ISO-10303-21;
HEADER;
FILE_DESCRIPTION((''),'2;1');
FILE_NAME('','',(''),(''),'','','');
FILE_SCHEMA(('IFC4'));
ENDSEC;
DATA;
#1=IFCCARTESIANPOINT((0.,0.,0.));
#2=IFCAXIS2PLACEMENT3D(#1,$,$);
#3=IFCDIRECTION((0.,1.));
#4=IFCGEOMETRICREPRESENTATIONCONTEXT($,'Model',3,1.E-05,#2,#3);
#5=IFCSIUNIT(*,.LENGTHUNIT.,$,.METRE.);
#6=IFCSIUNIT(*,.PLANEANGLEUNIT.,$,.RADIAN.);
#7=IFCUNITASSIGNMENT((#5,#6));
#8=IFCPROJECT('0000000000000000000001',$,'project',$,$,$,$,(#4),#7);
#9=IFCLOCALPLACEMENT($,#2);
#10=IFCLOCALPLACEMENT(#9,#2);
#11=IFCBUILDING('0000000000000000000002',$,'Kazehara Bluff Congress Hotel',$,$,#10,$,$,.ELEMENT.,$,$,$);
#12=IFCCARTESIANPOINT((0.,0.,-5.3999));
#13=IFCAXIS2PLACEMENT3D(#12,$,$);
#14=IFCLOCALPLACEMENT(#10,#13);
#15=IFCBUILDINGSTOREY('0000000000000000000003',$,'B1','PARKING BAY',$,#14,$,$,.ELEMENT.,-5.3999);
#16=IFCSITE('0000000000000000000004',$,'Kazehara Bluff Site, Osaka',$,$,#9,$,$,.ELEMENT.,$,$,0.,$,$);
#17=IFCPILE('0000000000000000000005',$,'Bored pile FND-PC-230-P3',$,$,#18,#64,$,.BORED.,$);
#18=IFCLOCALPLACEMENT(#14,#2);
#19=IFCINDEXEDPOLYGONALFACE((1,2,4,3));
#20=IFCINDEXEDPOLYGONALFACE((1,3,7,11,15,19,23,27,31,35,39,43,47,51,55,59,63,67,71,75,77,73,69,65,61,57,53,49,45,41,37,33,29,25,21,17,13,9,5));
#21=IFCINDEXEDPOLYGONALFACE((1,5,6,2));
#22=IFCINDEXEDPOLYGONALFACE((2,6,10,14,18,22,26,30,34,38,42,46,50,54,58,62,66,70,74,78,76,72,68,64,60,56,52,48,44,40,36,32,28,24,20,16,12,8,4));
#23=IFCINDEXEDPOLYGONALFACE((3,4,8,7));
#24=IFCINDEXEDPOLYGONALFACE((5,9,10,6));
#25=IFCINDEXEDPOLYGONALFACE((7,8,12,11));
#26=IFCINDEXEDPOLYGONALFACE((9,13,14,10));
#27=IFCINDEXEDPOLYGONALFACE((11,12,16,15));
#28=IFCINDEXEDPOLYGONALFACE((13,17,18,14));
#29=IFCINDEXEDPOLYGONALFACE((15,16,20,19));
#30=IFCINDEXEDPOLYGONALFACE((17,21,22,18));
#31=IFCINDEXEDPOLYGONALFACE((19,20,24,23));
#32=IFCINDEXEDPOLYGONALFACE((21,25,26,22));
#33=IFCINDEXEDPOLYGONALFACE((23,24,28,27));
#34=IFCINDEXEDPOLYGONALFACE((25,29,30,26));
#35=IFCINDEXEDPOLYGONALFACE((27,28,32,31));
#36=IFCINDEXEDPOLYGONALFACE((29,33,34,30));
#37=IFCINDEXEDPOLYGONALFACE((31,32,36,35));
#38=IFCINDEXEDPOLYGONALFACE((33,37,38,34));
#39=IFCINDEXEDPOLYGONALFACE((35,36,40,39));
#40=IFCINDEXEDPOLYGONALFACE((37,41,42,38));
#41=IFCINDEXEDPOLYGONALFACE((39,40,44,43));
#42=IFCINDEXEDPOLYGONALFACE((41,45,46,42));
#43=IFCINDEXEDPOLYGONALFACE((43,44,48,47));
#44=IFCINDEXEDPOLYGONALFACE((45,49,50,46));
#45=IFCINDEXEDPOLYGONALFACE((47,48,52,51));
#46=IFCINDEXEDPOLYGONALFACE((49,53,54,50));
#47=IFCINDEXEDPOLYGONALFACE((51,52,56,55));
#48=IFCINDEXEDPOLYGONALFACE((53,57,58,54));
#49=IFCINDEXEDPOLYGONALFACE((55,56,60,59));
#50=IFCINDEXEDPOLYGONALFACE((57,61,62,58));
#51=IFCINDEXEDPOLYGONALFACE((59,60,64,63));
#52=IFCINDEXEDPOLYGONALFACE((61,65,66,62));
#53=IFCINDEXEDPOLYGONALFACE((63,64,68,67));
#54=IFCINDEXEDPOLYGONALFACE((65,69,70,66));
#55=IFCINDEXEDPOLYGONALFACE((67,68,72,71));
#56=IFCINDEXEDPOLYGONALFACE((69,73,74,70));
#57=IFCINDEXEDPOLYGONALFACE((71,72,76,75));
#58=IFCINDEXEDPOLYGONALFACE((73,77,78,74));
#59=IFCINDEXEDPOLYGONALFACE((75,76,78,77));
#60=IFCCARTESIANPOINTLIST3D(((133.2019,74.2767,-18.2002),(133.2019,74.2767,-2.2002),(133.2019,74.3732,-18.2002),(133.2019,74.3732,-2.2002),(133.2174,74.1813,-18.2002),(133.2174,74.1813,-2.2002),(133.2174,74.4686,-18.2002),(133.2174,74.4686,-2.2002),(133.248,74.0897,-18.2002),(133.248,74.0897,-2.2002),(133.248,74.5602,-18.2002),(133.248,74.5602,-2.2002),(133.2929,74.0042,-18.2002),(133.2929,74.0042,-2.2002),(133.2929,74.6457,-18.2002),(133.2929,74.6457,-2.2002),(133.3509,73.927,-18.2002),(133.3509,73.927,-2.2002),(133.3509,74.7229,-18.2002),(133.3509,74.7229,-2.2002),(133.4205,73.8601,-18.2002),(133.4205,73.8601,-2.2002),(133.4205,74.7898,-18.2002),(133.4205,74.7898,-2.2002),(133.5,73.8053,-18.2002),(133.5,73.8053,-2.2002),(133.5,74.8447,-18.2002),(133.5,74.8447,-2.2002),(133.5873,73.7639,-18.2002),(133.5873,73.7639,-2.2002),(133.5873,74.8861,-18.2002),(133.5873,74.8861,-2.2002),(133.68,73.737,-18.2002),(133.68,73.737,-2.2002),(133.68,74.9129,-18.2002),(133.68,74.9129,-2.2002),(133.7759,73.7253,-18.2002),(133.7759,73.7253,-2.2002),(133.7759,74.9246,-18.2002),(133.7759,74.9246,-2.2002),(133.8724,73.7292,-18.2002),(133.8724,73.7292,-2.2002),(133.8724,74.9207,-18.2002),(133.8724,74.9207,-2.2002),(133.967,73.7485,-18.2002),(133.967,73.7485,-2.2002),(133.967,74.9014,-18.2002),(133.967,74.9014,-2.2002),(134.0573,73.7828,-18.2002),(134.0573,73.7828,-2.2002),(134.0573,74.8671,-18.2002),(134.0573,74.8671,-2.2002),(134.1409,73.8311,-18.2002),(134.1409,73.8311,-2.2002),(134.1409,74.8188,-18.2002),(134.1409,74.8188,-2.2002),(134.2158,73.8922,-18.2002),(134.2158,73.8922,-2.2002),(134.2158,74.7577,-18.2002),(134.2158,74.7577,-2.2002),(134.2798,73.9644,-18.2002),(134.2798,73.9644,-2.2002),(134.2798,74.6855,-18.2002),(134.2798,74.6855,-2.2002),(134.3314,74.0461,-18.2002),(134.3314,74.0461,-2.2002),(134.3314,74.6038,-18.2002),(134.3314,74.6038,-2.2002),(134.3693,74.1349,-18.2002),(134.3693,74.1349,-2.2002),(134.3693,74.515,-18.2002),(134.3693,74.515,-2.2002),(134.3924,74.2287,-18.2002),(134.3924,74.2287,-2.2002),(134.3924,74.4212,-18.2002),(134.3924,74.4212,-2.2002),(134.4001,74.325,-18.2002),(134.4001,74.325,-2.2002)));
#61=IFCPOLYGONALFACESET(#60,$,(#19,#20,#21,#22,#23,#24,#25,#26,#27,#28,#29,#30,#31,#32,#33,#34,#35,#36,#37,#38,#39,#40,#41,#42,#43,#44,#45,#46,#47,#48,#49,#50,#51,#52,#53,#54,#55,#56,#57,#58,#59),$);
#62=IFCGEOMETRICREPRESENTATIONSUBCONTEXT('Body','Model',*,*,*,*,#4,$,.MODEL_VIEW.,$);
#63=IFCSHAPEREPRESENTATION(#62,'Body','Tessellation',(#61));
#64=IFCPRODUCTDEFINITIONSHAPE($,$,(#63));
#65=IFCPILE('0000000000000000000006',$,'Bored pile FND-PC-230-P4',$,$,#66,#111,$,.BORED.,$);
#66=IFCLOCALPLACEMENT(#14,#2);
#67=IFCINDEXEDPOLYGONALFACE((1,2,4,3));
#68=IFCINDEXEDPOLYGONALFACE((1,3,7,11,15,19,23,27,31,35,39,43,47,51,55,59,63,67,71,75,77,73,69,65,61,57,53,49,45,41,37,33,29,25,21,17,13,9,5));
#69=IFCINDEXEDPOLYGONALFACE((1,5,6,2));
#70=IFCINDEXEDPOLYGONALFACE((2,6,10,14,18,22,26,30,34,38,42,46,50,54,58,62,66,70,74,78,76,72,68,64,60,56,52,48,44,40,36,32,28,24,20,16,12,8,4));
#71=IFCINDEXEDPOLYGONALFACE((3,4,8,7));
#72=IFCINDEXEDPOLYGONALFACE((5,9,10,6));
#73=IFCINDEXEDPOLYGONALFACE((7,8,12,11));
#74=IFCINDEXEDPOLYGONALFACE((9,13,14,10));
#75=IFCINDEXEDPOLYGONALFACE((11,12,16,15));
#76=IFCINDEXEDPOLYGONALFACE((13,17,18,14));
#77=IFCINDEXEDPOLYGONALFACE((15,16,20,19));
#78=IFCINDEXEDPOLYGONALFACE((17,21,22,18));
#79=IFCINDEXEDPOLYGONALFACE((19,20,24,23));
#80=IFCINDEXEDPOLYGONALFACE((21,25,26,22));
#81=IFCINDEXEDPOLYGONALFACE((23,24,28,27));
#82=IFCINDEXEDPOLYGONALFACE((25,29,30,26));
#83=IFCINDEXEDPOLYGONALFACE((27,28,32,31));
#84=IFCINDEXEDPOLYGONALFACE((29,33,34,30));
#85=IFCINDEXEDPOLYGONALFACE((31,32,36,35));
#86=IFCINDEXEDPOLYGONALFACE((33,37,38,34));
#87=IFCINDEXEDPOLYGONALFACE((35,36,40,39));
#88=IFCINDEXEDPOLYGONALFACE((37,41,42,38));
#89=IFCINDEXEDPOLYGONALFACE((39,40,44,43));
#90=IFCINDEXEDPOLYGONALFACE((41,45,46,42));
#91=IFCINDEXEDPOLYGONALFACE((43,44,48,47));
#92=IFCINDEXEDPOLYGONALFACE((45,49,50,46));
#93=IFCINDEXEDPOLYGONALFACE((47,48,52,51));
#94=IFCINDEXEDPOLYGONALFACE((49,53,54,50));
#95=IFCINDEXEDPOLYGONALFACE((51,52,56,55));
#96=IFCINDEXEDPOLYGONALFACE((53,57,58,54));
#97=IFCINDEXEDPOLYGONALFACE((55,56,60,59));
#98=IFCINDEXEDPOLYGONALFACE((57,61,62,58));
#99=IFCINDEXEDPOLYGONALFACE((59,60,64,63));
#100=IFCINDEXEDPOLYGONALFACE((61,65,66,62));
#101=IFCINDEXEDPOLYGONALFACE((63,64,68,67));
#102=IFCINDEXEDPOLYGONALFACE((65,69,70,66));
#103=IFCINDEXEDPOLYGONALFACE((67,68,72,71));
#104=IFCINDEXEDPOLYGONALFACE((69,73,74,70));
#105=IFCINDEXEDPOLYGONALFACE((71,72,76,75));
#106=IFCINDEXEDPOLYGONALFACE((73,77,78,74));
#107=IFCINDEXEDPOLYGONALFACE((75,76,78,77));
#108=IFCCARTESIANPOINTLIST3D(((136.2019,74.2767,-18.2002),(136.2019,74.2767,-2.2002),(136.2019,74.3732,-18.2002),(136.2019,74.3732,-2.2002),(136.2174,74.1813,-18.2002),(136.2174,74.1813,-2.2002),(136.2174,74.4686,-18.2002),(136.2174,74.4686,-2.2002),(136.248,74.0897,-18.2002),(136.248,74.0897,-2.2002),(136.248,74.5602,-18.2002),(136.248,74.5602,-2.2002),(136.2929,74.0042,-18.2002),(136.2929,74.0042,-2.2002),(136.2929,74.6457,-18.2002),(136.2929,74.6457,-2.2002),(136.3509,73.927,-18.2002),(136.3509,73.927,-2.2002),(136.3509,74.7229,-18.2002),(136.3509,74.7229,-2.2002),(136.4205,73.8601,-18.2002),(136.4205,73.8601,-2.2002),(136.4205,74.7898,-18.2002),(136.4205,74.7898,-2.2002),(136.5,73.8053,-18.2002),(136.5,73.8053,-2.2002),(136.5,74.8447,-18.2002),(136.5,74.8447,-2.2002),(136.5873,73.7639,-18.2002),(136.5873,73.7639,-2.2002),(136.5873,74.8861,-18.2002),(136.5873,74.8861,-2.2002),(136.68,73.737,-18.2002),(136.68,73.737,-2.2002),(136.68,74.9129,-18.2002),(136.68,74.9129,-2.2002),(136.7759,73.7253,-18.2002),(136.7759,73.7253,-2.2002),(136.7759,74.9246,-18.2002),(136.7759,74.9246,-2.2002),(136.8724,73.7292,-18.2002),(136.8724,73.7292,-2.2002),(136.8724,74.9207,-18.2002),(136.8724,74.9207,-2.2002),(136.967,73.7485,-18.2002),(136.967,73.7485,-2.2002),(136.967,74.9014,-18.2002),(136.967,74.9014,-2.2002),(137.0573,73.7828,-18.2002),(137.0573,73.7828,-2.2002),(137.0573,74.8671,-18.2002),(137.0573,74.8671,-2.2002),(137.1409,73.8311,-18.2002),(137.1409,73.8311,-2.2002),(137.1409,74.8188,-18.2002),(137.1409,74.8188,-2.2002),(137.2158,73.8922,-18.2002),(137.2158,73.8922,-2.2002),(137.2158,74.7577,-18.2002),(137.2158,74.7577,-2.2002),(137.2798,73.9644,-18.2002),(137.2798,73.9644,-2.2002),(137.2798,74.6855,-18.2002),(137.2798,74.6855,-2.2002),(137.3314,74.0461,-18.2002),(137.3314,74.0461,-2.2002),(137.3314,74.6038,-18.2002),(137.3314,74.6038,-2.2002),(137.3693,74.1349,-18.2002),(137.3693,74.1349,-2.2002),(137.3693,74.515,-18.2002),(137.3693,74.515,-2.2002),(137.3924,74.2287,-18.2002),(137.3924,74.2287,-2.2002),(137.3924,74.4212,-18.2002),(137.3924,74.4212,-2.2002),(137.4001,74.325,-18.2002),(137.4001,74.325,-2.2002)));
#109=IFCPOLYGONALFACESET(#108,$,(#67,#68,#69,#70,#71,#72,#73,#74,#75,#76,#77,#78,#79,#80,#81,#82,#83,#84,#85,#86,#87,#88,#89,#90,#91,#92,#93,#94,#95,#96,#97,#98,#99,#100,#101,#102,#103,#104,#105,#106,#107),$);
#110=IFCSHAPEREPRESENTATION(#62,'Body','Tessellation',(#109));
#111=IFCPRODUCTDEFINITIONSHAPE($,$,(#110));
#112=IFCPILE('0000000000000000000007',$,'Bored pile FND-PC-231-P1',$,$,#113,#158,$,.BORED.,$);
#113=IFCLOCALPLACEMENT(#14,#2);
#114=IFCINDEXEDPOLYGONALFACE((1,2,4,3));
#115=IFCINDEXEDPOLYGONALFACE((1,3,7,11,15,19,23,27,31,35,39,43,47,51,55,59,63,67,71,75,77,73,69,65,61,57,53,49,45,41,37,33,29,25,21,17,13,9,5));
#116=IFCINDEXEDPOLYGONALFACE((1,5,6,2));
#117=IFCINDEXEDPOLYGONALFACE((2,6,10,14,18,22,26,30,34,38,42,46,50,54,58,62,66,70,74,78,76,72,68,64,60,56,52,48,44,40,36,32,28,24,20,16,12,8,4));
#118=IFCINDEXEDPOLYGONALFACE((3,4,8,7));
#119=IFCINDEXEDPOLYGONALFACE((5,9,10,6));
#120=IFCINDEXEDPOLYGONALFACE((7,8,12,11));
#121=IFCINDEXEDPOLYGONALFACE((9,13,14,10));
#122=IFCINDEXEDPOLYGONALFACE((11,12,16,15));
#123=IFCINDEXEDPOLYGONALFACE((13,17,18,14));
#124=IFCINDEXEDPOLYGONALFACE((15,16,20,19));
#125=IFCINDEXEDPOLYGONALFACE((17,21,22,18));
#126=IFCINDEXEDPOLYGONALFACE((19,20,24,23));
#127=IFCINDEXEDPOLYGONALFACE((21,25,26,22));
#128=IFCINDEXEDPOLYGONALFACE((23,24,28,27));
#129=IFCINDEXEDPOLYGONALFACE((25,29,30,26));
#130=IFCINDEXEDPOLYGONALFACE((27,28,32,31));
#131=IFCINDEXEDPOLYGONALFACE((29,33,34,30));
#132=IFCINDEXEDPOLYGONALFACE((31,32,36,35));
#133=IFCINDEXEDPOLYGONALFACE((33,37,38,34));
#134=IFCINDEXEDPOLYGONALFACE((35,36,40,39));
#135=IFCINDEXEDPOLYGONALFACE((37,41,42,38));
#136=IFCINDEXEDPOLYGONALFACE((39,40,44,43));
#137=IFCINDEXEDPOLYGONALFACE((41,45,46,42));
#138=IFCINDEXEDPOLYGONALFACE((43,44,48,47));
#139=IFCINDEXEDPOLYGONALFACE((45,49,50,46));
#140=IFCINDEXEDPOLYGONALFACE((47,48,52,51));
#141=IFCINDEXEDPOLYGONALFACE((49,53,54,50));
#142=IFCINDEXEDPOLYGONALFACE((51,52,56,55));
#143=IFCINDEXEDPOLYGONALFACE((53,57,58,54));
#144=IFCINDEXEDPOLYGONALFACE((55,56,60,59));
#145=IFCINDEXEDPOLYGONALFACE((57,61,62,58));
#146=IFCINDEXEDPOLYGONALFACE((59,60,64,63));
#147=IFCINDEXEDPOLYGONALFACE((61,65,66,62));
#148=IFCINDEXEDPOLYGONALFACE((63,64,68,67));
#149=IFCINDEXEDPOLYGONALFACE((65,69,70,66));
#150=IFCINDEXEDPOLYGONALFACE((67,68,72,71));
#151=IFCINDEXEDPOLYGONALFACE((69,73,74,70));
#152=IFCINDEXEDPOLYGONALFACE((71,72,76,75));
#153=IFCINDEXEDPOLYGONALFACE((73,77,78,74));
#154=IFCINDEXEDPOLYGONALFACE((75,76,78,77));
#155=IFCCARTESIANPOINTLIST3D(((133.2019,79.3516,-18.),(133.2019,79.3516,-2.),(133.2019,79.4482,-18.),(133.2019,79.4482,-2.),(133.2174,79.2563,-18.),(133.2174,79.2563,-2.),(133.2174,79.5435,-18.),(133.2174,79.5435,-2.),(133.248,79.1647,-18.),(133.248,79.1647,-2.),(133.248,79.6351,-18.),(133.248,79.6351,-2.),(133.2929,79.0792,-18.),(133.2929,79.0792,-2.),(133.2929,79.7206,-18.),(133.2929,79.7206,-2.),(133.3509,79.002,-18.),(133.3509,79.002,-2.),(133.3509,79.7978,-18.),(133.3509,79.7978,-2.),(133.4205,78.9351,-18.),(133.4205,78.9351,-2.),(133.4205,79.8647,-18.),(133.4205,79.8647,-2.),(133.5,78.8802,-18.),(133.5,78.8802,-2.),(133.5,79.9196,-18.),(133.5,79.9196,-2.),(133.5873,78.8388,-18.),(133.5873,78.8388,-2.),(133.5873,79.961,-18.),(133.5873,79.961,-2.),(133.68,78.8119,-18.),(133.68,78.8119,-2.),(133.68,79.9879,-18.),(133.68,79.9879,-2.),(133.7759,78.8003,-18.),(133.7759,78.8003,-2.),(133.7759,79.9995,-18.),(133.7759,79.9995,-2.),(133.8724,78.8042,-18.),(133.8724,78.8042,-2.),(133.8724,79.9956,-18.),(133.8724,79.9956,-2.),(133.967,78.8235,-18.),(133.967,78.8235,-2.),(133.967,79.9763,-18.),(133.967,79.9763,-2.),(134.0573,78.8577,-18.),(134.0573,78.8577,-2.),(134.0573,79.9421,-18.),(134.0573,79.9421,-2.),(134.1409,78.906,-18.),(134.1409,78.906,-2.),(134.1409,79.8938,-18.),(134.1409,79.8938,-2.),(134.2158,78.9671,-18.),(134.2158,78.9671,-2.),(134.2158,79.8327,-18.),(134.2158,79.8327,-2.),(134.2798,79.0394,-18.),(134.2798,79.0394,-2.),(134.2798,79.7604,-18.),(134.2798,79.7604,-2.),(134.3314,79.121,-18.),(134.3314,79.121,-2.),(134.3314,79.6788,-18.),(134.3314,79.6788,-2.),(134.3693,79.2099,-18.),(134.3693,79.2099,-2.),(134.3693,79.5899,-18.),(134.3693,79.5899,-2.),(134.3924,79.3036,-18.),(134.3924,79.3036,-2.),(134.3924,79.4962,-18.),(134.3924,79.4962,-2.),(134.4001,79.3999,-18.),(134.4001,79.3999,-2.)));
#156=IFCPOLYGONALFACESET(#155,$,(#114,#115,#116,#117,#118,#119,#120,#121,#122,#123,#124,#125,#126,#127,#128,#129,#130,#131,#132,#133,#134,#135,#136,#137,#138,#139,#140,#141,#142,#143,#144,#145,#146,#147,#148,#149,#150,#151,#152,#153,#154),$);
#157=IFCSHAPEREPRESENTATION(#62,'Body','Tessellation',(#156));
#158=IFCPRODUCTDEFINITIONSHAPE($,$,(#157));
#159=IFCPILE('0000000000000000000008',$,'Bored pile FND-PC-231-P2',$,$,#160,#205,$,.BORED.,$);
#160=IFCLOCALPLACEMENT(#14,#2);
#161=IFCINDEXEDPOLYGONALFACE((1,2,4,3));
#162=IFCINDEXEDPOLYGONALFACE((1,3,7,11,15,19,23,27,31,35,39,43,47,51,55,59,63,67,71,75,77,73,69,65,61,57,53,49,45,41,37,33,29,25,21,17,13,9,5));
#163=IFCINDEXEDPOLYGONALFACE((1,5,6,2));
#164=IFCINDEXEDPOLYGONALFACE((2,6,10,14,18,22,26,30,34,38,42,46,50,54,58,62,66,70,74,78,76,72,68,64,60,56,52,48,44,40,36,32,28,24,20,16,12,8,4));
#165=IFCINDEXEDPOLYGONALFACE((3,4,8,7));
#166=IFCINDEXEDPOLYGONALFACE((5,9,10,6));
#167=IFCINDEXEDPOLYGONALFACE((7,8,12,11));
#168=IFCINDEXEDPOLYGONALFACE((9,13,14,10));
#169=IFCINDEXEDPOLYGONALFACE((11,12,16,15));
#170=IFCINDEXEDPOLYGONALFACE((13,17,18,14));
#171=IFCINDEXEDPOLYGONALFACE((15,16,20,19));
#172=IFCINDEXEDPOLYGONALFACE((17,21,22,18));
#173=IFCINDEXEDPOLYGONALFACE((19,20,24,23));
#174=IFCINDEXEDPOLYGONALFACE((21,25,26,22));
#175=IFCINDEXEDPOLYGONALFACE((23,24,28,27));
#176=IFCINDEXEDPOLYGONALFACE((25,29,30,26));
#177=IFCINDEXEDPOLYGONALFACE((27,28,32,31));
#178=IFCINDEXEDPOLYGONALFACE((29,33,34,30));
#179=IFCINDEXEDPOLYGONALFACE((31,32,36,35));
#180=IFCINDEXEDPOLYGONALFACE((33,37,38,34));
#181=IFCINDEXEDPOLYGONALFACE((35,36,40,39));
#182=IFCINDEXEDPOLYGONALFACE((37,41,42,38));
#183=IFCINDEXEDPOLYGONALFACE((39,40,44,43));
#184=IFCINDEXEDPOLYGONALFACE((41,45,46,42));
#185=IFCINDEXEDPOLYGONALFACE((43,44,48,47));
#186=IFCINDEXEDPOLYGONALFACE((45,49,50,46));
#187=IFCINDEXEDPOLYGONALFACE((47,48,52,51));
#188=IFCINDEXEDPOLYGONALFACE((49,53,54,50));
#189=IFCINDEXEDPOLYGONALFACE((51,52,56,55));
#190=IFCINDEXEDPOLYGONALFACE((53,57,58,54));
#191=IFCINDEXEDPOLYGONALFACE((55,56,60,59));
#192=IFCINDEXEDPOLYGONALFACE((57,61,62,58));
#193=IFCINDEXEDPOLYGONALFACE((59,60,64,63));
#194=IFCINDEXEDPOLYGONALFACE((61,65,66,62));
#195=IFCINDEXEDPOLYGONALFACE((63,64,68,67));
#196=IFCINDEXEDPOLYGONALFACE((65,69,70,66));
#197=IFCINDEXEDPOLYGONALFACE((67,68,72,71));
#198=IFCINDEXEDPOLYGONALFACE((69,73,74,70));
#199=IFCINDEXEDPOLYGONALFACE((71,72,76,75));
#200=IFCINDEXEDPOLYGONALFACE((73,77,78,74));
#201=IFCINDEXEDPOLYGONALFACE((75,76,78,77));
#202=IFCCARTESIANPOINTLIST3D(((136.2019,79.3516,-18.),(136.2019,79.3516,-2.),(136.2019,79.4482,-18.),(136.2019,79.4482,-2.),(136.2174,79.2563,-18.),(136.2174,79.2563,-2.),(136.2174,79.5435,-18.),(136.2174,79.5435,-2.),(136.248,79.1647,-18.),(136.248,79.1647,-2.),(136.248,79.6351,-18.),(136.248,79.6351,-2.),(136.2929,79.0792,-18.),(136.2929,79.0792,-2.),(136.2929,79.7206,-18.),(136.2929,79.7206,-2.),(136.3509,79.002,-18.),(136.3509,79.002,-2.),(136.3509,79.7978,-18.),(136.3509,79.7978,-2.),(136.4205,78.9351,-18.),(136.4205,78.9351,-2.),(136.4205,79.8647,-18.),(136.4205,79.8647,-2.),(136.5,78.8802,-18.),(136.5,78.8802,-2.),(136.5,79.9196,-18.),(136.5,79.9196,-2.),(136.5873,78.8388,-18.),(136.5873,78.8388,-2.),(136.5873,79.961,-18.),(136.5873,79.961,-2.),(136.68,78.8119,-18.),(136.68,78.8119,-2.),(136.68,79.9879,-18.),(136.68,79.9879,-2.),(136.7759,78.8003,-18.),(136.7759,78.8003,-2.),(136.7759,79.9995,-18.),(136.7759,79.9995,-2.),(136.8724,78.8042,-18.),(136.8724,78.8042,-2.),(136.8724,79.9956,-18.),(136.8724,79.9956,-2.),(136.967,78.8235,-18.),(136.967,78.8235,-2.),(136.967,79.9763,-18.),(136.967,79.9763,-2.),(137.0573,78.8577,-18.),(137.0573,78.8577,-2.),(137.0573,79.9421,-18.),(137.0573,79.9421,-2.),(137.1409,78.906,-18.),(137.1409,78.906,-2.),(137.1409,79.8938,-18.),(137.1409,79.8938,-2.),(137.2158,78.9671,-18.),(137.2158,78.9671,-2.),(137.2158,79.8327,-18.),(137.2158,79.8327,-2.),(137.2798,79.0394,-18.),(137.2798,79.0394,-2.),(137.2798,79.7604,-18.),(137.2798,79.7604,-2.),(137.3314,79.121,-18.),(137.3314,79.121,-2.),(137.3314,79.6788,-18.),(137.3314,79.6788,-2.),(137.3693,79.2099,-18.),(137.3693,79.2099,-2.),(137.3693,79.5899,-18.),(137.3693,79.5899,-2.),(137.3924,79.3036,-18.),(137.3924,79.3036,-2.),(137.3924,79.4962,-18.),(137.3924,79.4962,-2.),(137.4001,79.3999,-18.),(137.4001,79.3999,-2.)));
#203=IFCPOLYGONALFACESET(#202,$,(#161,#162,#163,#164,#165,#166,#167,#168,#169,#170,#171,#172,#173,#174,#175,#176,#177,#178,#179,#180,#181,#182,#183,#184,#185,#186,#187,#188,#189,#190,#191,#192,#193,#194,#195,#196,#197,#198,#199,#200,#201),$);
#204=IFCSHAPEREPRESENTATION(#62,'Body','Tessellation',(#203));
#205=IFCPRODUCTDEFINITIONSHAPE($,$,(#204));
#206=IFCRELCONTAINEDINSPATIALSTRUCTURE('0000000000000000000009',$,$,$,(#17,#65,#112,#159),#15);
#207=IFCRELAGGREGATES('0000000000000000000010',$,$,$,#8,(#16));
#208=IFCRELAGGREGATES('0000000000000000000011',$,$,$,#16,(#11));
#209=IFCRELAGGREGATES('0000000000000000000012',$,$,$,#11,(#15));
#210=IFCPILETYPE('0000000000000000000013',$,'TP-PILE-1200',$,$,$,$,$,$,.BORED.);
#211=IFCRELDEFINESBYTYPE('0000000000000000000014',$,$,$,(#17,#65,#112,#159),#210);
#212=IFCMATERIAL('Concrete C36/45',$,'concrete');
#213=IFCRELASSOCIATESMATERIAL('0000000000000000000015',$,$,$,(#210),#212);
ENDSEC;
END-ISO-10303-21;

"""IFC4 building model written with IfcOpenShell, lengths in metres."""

from ifc_helpers import new_model, si_unit, direction, frame, origin, origin_2d, place, context, subcontext, project, spatial, circle, extrude, material, material_profile, profile_set, type_object, element, save


model = new_model("IFC4")

# Units and contexts
model_context = context("Model", 3, precision=1e-05, world=origin(), true_north=direction((0.0, 1.0)))
body_context = subcontext(model_context, "Body", "Model", "MODEL_VIEW")
ifc_project = project(units=[si_unit("LENGTHUNIT", "METRE"), si_unit("PLANEANGLEUNIT", "RADIAN")], contexts=[model_context])

# Site, building, storey
site_placement = place(None, origin())
site = spatial("IfcSite", under=ifc_project, at=site_placement, Name="Kazehara Bluff Site, Osaka", CompositionType="ELEMENT", RefElevation=0.0)
building_placement = place(site_placement, origin())
building = spatial("IfcBuilding", under=site, at=building_placement, Name="Kazehara Bluff Congress Hotel", CompositionType="ELEMENT")
storey_placement = place(building_placement, frame((0.0, 0.0, -5.3999)))
storey = spatial("IfcBuildingStorey", under=building, at=storey_placement, Name="B1", Description="PARKING BAY", CompositionType="ELEMENT", Elevation=-5.3999)

# Piles
ifc_material_1 = material(Name="Concrete C36/45", Category="concrete")
ifc_material_profile_1 = material_profile(ifc_material_1, circle(Radius=0.6001, at=origin_2d()))
ifc_profile_set_1 = profile_set([ifc_material_profile_1], Name="Concrete C36/45")
pile_type_1 = type_object("IfcPileType", Name="TP-PILE-1200", PredefinedType="BORED", material=ifc_profile_set_1)
for number, where, z_axis, x_axis, name in (
    (1, (133.8, 74.325, -2.2002), (0.0, 0.0, -1.0), (1.0, 0.0, 0.0), "Bored pile FND-PC-230-P3"),
    (2, (136.8, 74.325, -2.2002), (0.0, 0.0, -1.0), (1.0, 0.0, 0.0), "Bored pile FND-PC-230-P4"),
    (3, (133.8, 79.3999, -2.0), (0.0, 0.0, -1.0), (1.0, 0.0, 0.0), "Bored pile FND-PC-231-P1"),
    (4, (136.8, 79.3999, -2.0), (0.0, 0.0, -1.0), (1.0, 0.0, 0.0), "Bored pile FND-PC-231-P2"),
):
    element("IfcPile", number, at=place(storey_placement, frame(where, z_axis=z_axis, x_axis=x_axis)), inside=storey, type_object=pile_type_1, Name=name, PredefinedType="BORED", context=body_context, shape_type="SweptSolid", body=[
        extrude(circle(Radius=0.6001, at=origin_2d()), origin(), (0.0, 0.0, 1.0), 16.0),
    ])

save(model, "model.ifc")
